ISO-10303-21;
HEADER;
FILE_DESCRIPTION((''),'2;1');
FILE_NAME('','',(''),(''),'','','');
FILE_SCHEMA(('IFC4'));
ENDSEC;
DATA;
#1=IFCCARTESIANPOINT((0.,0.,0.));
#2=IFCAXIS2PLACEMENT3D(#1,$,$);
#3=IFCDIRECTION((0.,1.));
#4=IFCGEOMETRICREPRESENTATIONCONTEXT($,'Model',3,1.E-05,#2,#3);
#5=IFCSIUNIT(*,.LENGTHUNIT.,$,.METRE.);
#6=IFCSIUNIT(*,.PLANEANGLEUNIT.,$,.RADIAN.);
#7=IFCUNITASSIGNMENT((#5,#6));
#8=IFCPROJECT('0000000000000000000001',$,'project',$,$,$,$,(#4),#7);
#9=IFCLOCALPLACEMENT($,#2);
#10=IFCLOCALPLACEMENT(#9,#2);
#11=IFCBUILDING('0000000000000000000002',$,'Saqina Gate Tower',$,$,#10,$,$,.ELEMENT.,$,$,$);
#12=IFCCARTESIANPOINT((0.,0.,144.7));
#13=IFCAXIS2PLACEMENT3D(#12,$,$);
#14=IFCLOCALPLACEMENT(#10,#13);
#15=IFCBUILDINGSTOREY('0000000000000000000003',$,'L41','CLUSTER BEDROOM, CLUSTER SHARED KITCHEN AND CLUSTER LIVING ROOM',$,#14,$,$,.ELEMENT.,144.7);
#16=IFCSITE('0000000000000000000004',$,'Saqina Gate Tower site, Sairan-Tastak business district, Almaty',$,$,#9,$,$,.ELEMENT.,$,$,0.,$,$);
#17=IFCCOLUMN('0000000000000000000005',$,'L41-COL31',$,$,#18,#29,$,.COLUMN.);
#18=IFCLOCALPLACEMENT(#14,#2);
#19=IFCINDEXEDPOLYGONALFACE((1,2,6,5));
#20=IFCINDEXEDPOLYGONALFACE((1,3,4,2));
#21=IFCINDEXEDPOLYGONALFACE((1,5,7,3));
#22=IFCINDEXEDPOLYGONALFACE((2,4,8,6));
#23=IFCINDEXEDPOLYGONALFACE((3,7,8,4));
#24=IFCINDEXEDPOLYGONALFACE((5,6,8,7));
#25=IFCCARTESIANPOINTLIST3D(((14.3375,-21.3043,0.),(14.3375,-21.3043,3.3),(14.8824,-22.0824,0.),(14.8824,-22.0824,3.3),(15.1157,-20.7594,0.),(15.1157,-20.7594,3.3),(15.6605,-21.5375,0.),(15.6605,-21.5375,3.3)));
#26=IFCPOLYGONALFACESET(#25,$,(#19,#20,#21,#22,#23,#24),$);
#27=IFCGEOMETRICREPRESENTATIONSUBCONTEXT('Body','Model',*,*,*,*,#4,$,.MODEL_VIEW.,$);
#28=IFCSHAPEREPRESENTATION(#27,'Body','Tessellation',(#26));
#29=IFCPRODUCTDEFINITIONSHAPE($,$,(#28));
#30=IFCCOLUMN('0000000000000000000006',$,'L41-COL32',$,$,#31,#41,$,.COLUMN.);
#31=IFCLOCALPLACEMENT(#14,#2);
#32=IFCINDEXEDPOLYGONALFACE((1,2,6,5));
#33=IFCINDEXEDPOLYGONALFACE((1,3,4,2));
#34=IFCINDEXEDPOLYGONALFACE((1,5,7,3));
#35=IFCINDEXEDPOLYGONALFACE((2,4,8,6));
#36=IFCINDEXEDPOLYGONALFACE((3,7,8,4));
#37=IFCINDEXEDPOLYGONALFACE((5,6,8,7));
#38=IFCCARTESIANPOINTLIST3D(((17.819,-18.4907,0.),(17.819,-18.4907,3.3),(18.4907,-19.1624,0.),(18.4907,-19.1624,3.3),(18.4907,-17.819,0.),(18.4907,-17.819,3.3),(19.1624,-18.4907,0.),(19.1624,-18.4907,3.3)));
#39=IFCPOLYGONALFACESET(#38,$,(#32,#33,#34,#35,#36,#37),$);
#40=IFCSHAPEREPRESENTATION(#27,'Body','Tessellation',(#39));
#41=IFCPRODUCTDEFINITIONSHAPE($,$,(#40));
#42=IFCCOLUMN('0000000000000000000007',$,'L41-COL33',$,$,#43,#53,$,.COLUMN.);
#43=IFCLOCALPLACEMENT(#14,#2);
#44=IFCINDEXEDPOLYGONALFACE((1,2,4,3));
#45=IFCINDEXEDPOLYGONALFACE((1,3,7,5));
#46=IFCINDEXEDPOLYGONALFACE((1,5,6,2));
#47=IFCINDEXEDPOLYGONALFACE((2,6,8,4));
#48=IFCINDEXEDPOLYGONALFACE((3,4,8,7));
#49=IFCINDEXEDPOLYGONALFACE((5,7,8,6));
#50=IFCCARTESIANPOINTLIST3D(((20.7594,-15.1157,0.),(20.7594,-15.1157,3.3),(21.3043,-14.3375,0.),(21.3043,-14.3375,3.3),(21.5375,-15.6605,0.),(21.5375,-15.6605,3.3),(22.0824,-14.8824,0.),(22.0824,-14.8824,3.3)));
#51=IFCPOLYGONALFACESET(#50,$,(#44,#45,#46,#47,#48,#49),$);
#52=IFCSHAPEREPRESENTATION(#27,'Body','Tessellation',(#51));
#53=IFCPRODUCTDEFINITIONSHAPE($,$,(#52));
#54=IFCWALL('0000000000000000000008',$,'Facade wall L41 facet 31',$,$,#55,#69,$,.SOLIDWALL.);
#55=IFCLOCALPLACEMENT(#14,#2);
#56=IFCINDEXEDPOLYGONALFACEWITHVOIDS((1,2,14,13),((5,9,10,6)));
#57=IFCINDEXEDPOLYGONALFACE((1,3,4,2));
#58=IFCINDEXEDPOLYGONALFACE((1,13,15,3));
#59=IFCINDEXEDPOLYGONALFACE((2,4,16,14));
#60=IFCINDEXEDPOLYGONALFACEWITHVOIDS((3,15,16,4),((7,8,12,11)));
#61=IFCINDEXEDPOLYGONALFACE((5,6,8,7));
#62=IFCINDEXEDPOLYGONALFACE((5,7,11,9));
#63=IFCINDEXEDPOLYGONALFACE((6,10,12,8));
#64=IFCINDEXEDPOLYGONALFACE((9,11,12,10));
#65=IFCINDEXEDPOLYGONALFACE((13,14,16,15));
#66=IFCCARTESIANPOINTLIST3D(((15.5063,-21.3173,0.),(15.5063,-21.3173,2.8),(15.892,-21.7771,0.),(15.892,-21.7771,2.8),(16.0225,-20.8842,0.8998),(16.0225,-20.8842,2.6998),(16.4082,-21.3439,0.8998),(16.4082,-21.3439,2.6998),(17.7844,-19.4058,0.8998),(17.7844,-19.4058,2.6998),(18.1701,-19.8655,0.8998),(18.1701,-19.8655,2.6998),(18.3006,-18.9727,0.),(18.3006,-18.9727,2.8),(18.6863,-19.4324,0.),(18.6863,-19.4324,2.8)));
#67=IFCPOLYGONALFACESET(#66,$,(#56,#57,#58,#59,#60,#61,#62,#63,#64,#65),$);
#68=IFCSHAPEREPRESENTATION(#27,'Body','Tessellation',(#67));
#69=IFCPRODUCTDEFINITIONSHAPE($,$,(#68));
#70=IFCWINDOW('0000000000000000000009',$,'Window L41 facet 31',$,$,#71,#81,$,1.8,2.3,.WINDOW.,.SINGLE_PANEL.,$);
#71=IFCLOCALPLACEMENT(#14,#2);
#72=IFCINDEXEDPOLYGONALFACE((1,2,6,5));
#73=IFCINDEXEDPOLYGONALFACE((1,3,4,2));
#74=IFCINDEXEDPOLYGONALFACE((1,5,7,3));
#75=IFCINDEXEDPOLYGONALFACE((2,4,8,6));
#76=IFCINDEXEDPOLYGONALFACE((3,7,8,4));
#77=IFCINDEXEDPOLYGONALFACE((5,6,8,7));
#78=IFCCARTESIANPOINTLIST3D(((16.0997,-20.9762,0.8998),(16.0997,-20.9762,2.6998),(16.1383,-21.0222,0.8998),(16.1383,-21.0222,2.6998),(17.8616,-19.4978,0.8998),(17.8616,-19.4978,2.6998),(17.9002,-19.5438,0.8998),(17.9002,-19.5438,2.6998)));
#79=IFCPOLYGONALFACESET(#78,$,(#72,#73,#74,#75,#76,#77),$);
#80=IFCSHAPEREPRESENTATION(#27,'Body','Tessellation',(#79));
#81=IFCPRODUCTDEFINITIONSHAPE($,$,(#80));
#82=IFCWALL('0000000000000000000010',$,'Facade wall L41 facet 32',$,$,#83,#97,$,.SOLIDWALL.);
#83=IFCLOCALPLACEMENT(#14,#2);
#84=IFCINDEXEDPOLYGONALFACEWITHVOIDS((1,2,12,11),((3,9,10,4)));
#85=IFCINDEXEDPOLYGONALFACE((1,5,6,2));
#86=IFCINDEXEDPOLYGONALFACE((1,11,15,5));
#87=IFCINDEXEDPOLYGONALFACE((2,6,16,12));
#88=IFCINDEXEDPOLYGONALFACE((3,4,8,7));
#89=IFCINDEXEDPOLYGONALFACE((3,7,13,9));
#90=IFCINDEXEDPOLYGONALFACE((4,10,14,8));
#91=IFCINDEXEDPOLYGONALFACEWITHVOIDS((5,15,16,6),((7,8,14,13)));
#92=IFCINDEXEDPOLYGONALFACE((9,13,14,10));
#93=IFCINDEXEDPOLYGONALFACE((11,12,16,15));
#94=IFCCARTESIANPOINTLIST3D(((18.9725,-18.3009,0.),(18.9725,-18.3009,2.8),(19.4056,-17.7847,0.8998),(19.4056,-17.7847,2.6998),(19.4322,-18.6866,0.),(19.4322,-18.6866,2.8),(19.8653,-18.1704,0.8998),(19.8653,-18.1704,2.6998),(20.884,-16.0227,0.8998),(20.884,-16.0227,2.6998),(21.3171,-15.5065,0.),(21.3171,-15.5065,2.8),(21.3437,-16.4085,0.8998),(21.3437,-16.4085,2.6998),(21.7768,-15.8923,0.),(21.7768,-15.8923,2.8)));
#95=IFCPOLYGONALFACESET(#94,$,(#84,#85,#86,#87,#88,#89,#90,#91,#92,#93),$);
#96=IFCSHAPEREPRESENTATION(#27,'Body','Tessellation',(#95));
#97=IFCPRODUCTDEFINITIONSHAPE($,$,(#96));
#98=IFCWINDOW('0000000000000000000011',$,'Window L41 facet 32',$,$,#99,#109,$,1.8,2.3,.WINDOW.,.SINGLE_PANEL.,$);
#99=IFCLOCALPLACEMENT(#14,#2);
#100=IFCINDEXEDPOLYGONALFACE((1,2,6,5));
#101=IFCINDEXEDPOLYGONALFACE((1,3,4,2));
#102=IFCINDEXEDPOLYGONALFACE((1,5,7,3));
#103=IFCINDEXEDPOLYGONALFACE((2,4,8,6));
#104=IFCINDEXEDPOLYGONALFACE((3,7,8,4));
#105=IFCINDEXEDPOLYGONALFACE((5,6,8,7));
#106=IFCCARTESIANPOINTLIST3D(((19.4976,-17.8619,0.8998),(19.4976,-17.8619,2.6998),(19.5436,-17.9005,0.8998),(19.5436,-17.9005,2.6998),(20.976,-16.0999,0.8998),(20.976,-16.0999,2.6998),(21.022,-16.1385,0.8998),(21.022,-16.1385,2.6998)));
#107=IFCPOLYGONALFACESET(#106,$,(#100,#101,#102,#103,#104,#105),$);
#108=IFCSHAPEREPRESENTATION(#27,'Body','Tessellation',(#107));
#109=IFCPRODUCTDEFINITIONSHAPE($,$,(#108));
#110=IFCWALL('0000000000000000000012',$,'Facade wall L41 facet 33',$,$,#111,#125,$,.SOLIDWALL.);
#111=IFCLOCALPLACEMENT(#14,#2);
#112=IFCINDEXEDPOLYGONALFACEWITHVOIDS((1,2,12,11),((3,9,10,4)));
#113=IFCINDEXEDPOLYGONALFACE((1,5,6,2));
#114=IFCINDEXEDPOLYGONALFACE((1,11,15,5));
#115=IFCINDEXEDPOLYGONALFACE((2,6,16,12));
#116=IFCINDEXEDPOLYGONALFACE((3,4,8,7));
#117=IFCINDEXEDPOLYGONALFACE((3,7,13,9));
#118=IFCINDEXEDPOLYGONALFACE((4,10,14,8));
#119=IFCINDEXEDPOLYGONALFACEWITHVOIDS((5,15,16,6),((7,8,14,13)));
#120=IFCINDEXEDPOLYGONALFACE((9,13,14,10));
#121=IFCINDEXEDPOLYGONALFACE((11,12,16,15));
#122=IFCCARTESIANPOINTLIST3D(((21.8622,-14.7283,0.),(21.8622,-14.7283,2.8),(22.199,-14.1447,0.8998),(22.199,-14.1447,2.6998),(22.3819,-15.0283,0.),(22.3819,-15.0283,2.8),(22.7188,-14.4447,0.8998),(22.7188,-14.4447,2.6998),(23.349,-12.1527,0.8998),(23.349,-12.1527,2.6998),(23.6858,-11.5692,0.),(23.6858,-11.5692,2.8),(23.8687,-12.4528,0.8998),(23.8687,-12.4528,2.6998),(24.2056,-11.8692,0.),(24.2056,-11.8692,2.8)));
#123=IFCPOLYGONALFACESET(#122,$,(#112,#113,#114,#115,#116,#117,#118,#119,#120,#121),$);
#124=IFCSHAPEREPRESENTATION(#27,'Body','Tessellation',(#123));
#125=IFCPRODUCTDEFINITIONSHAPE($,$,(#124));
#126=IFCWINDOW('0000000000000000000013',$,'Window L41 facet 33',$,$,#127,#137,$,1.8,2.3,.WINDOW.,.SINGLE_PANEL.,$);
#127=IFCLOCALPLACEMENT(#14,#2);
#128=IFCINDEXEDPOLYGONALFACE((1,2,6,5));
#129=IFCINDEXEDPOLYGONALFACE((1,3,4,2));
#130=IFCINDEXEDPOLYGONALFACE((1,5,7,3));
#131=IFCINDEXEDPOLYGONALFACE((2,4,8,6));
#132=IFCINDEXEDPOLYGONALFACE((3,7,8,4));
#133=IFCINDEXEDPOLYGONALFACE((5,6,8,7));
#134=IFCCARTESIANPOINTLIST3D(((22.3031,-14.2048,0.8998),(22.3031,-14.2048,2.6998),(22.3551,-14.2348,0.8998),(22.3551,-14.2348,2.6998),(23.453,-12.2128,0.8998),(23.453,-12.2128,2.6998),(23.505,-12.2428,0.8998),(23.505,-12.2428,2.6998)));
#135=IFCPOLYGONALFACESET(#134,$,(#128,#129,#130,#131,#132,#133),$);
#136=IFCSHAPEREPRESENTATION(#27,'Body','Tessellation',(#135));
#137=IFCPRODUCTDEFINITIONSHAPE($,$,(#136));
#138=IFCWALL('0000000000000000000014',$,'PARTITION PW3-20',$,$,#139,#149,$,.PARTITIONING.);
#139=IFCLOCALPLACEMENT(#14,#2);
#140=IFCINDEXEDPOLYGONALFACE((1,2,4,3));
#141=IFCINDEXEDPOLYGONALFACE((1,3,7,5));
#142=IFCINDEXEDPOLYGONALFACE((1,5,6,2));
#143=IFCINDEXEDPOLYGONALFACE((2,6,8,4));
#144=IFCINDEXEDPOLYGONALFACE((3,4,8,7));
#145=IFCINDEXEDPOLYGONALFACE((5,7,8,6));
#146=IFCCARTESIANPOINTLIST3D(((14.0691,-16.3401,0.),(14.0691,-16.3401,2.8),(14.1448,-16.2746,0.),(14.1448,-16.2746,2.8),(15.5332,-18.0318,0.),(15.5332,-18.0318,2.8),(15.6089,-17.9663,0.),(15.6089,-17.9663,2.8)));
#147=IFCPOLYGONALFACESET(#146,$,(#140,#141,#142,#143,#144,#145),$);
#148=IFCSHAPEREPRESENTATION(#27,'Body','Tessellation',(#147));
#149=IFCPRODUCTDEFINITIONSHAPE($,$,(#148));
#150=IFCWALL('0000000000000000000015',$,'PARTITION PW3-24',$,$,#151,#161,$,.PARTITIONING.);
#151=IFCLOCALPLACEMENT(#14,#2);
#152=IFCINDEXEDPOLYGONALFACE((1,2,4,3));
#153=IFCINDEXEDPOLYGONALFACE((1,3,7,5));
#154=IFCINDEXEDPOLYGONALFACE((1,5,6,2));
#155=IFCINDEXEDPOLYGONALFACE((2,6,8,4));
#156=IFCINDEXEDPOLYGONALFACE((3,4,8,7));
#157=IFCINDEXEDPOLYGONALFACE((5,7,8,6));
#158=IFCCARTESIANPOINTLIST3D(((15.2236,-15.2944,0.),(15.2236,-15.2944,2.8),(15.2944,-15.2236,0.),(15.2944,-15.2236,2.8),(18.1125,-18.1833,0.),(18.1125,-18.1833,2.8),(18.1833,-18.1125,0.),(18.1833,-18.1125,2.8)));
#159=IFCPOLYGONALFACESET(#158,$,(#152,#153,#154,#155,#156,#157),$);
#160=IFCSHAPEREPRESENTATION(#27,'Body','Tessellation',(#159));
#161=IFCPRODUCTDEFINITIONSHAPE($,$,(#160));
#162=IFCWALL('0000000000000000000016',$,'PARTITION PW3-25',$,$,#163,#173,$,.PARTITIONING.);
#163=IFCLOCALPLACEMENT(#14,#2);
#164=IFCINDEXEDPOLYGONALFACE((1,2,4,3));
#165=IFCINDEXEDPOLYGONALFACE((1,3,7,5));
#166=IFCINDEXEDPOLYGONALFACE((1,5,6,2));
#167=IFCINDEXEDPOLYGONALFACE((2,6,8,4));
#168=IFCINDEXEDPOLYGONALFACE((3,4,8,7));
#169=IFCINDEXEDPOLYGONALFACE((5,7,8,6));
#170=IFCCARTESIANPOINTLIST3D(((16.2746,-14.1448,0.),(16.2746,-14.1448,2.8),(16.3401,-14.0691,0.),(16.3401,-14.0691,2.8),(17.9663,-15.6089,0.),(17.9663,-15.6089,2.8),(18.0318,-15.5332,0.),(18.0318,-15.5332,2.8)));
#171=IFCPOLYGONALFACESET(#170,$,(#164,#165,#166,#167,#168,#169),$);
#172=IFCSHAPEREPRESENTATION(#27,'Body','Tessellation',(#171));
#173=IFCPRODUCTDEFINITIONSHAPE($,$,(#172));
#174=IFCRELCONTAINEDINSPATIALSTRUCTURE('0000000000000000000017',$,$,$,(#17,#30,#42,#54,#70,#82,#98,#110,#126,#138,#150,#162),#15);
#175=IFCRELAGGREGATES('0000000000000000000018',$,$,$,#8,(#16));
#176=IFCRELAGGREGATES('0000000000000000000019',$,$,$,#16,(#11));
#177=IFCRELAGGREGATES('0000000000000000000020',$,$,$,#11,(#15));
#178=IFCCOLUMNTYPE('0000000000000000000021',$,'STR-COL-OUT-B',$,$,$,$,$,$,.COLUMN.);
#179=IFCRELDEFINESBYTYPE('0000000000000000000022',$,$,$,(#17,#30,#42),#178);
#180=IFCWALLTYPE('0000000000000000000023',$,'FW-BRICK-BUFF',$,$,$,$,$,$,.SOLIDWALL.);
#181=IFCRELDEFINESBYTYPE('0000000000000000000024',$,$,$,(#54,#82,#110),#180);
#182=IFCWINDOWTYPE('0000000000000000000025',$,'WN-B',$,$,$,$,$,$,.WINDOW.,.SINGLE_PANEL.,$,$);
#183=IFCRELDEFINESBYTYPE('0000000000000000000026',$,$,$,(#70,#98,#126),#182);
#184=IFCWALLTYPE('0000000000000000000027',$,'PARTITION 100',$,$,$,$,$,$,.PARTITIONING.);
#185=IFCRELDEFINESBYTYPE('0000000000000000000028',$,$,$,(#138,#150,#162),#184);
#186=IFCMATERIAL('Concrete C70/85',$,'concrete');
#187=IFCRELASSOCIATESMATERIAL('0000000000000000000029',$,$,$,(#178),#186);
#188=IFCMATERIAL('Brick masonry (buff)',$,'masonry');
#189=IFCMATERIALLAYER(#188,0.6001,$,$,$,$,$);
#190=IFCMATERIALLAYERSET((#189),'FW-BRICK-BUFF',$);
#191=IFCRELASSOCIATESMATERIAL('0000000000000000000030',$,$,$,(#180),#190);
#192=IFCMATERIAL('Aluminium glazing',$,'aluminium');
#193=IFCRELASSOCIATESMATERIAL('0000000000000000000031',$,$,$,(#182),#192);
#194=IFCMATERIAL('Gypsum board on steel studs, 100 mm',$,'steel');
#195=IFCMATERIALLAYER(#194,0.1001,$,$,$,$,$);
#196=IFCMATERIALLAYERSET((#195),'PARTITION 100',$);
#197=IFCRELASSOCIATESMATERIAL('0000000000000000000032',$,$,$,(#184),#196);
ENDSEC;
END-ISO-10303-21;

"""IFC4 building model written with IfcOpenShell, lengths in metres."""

from ifc_helpers import new_model, si_unit, direction, frame, frame_2d, origin, origin_2d, place, context, subcontext, project, spatial, rectangle, extrude, material, layer, layer_set, material_profile, profile_set, type_object, element, fill, save


model = new_model("IFC4")

# Units and contexts
model_context = context("Model", 3, precision=1e-05, world=origin(), true_north=direction((0.0, 1.0)))
body_context = subcontext(model_context, "Body", "Model", "MODEL_VIEW")
ifc_project = project(units=[si_unit("LENGTHUNIT", "METRE"), si_unit("PLANEANGLEUNIT", "RADIAN")], contexts=[model_context])

# Site, building, storey
site_placement = place(None, origin())
site = spatial("IfcSite", under=ifc_project, at=site_placement, Name="Saqina Gate Tower site, Sairan-Tastak business district, Almaty", CompositionType="ELEMENT", RefElevation=0.0)
building_placement = place(site_placement, origin())
building = spatial("IfcBuilding", under=site, at=building_placement, Name="Saqina Gate Tower", CompositionType="ELEMENT")
storey_placement = place(building_placement, frame((0.0, 0.0, 144.7)))
storey = spatial("IfcBuildingStorey", under=building, at=storey_placement, Name="L41", Description="CLUSTER BEDROOM, CLUSTER SHARED KITCHEN AND CLUSTER LIVING ROOM", CompositionType="ELEMENT", Elevation=144.7)

# Columns
ifc_material_1 = material(Name="Concrete C70/85", Category="concrete")
ifc_material_profile = material_profile(ifc_material_1, rectangle(XDim=0.95, YDim=0.95, at=origin_2d()), Name="RC 950x950")
ifc_profile_set = profile_set([ifc_material_profile], Name="Concrete C70/85")
column_type = type_object("IfcColumnType", Name="STR-COL-OUT-B", PredefinedType="COLUMN", material=ifc_profile_set)
for number, where, z_axis, x_axis, name in (
    (1, (14.999, -21.4209, 0.0), (0.0, 0.0, 1.0), (0.573576, -0.819152, 0.0), "L41-COL31"),
    (2, (18.4907, -18.4907, 0.0), (0.0, 0.0, 1.0), (0.707107, -0.707107, 0.0), "L41-COL32"),
    (3, (21.4209, -14.999, 0.0), (0.0, 0.0, 1.0), (0.819152, -0.573576, 0.0), "L41-COL33"),
):
    element("IfcColumn", number, at=place(storey_placement, frame(where, z_axis=z_axis, x_axis=x_axis)), inside=storey, type_object=column_type, Name=name, PredefinedType="COLUMN", context=body_context, shape_type="SweptSolid", body=[
        extrude(rectangle(XDim=0.95, YDim=0.95, at=origin_2d()), origin(), (0.0, 0.0, 1.0), 3.3),
    ])

# Walls, openings, windows
ifc_material_2 = material(Name="Brick masonry (buff)", Category="masonry")
ifc_layer_1 = layer(ifc_material_2, 0.6001)
ifc_layer_set_1 = layer_set([ifc_layer_1], Name="FW-BRICK-BUFF")
wall_type_1 = type_object("IfcWallType", Name="FW-BRICK-BUFF", PredefinedType="SOLIDWALL", material=ifc_layer_set_1)
wall_1_placement = place(storey_placement, frame((15.6992, -21.5471, 0.0), z_axis=(0.0, 0.0, 1.0), x_axis=(0.766055, 0.642774, 0.0)))
wall_1 = element("IfcWall", 4, at=wall_1_placement, inside=storey, type_object=wall_type_1, Name="Facade wall L41 facet 31", PredefinedType="SOLIDWALL", context=body_context, shape_type="SweptSolid", body=[
    extrude(rectangle(XDim=3.6477, YDim=0.6001, at=frame_2d((1.8237, 0.0))), origin(), (0.0, 0.0, 1.0), 2.8),
])
opening_1_placement = place(wall_1_placement, frame((0.6738, 0.0, 0.8999)))
opening_1 = element("IfcOpeningElement", 5, at=opening_1_placement, cuts=wall_1, PredefinedType="OPENING", context=body_context, shape_type="SweptSolid", body=[
    extrude(rectangle(XDim=2.3, YDim=1.8, at=frame_2d((1.1499, 0.8999))), frame((0.0, 0.312, 0.0), z_axis=(0.0, -1.0, 0.0), x_axis=(1.0, 0.0, 0.0)), (0.0, 0.0, 1.0), 0.624),
])
ifc_material_3 = material(Name="Aluminium glazing", Category="aluminium")
window_type = type_object("IfcWindowType", Name="WN-B", PartitioningType="SINGLE_PANEL", PredefinedType="WINDOW", material=ifc_material_3)
window_1_placement = place(opening_1_placement, origin())
window_1 = element("IfcWindow", 6, at=window_1_placement, inside=storey, type_object=window_type, Name="Window L41 facet 31", OverallHeight=1.8, OverallWidth=2.3, PartitioningType="SINGLE_PANEL", PredefinedType="WINDOW", context=body_context, shape_type="SweptSolid", body=[
    extrude(rectangle(XDim=2.3, YDim=1.8, at=frame_2d((1.1499, 0.8999))), frame((0.0, 0.1799, 0.0), z_axis=(0.0, -1.0, 0.0), x_axis=(1.0, 0.0, 0.0)), (0.0, 0.0, 1.0), 0.0601),
])
fill(opening_1, window_1)
wall_2_placement = place(storey_placement, frame((19.2024, -18.4937, 0.0), z_axis=(0.0, 0.0, 1.0), x_axis=(0.642774, 0.766055, 0.0)))
wall_2 = element("IfcWall", 7, at=wall_2_placement, inside=storey, type_object=wall_type_1, Name="Facade wall L41 facet 32", PredefinedType="SOLIDWALL", context=body_context, shape_type="SweptSolid", body=[
    extrude(rectangle(XDim=3.6477, YDim=0.6001, at=frame_2d((1.8237, 0.0))), origin(), (0.0, 0.0, 1.0), 2.8),
])
opening_2_placement = place(wall_2_placement, frame((0.6738, 0.0, 0.8999)))
opening_2 = element("IfcOpeningElement", 8, at=opening_2_placement, cuts=wall_2, PredefinedType="OPENING", context=body_context, shape_type="SweptSolid", body=[
    extrude(rectangle(XDim=2.3, YDim=1.8, at=frame_2d((1.1499, 0.8999))), frame((0.0, 0.312, 0.0), z_axis=(0.0, -1.0, 0.0), x_axis=(1.0, 0.0, 0.0)), (0.0, 0.0, 1.0), 0.624),
])
window_2_placement = place(opening_2_placement, origin())
window_2 = element("IfcWindow", 9, at=window_2_placement, inside=storey, type_object=window_type, Name="Window L41 facet 32", OverallHeight=1.8, OverallWidth=2.3, PartitioningType="SINGLE_PANEL", PredefinedType="WINDOW", context=body_context, shape_type="SweptSolid", body=[
    extrude(rectangle(XDim=2.3, YDim=1.8, at=frame_2d((1.1499, 0.8999))), frame((0.0, 0.1799, 0.0), z_axis=(0.0, -1.0, 0.0), x_axis=(1.0, 0.0, 0.0)), (0.0, 0.0, 1.0), 0.0601),
])
fill(opening_2, window_2)
wall_3_placement = place(storey_placement, frame((22.1221, -14.8782, 0.0), z_axis=(0.0, 0.0, 1.0), x_axis=(0.499954, 0.866052, 0.0)))
wall_3 = element("IfcWall", 10, at=wall_3_placement, inside=storey, type_object=wall_type_1, Name="Facade wall L41 facet 33", PredefinedType="SOLIDWALL", context=body_context, shape_type="SweptSolid", body=[
    extrude(rectangle(XDim=3.6477, YDim=0.6001, at=frame_2d((1.8237, 0.0))), origin(), (0.0, 0.0, 1.0), 2.8),
])
opening_3_placement = place(wall_3_placement, frame((0.6738, 0.0, 0.8999)))
opening_3 = element("IfcOpeningElement", 11, at=opening_3_placement, cuts=wall_3, PredefinedType="OPENING", context=body_context, shape_type="SweptSolid", body=[
    extrude(rectangle(XDim=2.3, YDim=1.8, at=frame_2d((1.1499, 0.8999))), frame((0.0, 0.312, 0.0), z_axis=(0.0, -1.0, 0.0), x_axis=(1.0, 0.0, 0.0)), (0.0, 0.0, 1.0), 0.624),
])
window_3_placement = place(opening_3_placement, origin())
window_3 = element("IfcWindow", 12, at=window_3_placement, inside=storey, type_object=window_type, Name="Window L41 facet 33", OverallHeight=1.8, OverallWidth=2.3, PartitioningType="SINGLE_PANEL", PredefinedType="WINDOW", context=body_context, shape_type="SweptSolid", body=[
    extrude(rectangle(XDim=2.3, YDim=1.8, at=frame_2d((1.1499, 0.8999))), frame((0.0, 0.1799, 0.0), z_axis=(0.0, -1.0, 0.0), x_axis=(1.0, 0.0, 0.0)), (0.0, 0.0, 1.0), 0.0601),
])
fill(opening_3, window_3)

# Walls
ifc_material_4 = material(Name="Gypsum board on steel studs, 100 mm", Category="steel")
ifc_layer_2 = layer(ifc_material_4, 0.1001)
ifc_layer_set_2 = layer_set([ifc_layer_2], Name="PARTITION 100")
wall_type_2 = type_object("IfcWallType", Name="PARTITION 100", PredefinedType="PARTITIONING", material=ifc_layer_set_2)
wall_4_placement = place(storey_placement, frame((14.1069, -16.3074, 0.0), z_axis=(0.0, 0.0, 1.0), x_axis=(0.654424, -0.756128, 0.0)))
element("IfcWall", 13, at=wall_4_placement, inside=storey, type_object=wall_type_2, Name="PARTITION PW3-20", PredefinedType="PARTITIONING", context=body_context, shape_type="SweptSolid", body=[
    extrude(rectangle(XDim=2.2373, YDim=0.1001, at=frame_2d((1.1187, 0.0))), origin(), (0.0, 0.0, 1.0), 2.8),
])
wall_5_placement = place(storey_placement, frame((15.259, -15.259, 0.0), z_axis=(0.0, 0.0, 1.0), x_axis=(0.707107, -0.707107, 0.0)))
element("IfcWall", 14, at=wall_5_placement, inside=storey, type_object=wall_type_2, Name="PARTITION PW3-24", PredefinedType="PARTITIONING", context=body_context, shape_type="SweptSolid", body=[
    extrude(rectangle(XDim=4.0854, YDim=0.1001, at=frame_2d((2.0427, 0.0))), origin(), (0.0, 0.0, 1.0), 2.8),
])
wall_6_placement = place(storey_placement, frame((16.3074, -14.1069, 0.0), z_axis=(0.0, 0.0, 1.0), x_axis=(0.756128, -0.654424, 0.0)))
element("IfcWall", 15, at=wall_6_placement, inside=storey, type_object=wall_type_2, Name="PARTITION PW3-25", PredefinedType="PARTITIONING", context=body_context, shape_type="SweptSolid", body=[
    extrude(rectangle(XDim=2.2373, YDim=0.1001, at=frame_2d((1.1187, 0.0))), origin(), (0.0, 0.0, 1.0), 2.8),
])

save(model, "model.ifc")
